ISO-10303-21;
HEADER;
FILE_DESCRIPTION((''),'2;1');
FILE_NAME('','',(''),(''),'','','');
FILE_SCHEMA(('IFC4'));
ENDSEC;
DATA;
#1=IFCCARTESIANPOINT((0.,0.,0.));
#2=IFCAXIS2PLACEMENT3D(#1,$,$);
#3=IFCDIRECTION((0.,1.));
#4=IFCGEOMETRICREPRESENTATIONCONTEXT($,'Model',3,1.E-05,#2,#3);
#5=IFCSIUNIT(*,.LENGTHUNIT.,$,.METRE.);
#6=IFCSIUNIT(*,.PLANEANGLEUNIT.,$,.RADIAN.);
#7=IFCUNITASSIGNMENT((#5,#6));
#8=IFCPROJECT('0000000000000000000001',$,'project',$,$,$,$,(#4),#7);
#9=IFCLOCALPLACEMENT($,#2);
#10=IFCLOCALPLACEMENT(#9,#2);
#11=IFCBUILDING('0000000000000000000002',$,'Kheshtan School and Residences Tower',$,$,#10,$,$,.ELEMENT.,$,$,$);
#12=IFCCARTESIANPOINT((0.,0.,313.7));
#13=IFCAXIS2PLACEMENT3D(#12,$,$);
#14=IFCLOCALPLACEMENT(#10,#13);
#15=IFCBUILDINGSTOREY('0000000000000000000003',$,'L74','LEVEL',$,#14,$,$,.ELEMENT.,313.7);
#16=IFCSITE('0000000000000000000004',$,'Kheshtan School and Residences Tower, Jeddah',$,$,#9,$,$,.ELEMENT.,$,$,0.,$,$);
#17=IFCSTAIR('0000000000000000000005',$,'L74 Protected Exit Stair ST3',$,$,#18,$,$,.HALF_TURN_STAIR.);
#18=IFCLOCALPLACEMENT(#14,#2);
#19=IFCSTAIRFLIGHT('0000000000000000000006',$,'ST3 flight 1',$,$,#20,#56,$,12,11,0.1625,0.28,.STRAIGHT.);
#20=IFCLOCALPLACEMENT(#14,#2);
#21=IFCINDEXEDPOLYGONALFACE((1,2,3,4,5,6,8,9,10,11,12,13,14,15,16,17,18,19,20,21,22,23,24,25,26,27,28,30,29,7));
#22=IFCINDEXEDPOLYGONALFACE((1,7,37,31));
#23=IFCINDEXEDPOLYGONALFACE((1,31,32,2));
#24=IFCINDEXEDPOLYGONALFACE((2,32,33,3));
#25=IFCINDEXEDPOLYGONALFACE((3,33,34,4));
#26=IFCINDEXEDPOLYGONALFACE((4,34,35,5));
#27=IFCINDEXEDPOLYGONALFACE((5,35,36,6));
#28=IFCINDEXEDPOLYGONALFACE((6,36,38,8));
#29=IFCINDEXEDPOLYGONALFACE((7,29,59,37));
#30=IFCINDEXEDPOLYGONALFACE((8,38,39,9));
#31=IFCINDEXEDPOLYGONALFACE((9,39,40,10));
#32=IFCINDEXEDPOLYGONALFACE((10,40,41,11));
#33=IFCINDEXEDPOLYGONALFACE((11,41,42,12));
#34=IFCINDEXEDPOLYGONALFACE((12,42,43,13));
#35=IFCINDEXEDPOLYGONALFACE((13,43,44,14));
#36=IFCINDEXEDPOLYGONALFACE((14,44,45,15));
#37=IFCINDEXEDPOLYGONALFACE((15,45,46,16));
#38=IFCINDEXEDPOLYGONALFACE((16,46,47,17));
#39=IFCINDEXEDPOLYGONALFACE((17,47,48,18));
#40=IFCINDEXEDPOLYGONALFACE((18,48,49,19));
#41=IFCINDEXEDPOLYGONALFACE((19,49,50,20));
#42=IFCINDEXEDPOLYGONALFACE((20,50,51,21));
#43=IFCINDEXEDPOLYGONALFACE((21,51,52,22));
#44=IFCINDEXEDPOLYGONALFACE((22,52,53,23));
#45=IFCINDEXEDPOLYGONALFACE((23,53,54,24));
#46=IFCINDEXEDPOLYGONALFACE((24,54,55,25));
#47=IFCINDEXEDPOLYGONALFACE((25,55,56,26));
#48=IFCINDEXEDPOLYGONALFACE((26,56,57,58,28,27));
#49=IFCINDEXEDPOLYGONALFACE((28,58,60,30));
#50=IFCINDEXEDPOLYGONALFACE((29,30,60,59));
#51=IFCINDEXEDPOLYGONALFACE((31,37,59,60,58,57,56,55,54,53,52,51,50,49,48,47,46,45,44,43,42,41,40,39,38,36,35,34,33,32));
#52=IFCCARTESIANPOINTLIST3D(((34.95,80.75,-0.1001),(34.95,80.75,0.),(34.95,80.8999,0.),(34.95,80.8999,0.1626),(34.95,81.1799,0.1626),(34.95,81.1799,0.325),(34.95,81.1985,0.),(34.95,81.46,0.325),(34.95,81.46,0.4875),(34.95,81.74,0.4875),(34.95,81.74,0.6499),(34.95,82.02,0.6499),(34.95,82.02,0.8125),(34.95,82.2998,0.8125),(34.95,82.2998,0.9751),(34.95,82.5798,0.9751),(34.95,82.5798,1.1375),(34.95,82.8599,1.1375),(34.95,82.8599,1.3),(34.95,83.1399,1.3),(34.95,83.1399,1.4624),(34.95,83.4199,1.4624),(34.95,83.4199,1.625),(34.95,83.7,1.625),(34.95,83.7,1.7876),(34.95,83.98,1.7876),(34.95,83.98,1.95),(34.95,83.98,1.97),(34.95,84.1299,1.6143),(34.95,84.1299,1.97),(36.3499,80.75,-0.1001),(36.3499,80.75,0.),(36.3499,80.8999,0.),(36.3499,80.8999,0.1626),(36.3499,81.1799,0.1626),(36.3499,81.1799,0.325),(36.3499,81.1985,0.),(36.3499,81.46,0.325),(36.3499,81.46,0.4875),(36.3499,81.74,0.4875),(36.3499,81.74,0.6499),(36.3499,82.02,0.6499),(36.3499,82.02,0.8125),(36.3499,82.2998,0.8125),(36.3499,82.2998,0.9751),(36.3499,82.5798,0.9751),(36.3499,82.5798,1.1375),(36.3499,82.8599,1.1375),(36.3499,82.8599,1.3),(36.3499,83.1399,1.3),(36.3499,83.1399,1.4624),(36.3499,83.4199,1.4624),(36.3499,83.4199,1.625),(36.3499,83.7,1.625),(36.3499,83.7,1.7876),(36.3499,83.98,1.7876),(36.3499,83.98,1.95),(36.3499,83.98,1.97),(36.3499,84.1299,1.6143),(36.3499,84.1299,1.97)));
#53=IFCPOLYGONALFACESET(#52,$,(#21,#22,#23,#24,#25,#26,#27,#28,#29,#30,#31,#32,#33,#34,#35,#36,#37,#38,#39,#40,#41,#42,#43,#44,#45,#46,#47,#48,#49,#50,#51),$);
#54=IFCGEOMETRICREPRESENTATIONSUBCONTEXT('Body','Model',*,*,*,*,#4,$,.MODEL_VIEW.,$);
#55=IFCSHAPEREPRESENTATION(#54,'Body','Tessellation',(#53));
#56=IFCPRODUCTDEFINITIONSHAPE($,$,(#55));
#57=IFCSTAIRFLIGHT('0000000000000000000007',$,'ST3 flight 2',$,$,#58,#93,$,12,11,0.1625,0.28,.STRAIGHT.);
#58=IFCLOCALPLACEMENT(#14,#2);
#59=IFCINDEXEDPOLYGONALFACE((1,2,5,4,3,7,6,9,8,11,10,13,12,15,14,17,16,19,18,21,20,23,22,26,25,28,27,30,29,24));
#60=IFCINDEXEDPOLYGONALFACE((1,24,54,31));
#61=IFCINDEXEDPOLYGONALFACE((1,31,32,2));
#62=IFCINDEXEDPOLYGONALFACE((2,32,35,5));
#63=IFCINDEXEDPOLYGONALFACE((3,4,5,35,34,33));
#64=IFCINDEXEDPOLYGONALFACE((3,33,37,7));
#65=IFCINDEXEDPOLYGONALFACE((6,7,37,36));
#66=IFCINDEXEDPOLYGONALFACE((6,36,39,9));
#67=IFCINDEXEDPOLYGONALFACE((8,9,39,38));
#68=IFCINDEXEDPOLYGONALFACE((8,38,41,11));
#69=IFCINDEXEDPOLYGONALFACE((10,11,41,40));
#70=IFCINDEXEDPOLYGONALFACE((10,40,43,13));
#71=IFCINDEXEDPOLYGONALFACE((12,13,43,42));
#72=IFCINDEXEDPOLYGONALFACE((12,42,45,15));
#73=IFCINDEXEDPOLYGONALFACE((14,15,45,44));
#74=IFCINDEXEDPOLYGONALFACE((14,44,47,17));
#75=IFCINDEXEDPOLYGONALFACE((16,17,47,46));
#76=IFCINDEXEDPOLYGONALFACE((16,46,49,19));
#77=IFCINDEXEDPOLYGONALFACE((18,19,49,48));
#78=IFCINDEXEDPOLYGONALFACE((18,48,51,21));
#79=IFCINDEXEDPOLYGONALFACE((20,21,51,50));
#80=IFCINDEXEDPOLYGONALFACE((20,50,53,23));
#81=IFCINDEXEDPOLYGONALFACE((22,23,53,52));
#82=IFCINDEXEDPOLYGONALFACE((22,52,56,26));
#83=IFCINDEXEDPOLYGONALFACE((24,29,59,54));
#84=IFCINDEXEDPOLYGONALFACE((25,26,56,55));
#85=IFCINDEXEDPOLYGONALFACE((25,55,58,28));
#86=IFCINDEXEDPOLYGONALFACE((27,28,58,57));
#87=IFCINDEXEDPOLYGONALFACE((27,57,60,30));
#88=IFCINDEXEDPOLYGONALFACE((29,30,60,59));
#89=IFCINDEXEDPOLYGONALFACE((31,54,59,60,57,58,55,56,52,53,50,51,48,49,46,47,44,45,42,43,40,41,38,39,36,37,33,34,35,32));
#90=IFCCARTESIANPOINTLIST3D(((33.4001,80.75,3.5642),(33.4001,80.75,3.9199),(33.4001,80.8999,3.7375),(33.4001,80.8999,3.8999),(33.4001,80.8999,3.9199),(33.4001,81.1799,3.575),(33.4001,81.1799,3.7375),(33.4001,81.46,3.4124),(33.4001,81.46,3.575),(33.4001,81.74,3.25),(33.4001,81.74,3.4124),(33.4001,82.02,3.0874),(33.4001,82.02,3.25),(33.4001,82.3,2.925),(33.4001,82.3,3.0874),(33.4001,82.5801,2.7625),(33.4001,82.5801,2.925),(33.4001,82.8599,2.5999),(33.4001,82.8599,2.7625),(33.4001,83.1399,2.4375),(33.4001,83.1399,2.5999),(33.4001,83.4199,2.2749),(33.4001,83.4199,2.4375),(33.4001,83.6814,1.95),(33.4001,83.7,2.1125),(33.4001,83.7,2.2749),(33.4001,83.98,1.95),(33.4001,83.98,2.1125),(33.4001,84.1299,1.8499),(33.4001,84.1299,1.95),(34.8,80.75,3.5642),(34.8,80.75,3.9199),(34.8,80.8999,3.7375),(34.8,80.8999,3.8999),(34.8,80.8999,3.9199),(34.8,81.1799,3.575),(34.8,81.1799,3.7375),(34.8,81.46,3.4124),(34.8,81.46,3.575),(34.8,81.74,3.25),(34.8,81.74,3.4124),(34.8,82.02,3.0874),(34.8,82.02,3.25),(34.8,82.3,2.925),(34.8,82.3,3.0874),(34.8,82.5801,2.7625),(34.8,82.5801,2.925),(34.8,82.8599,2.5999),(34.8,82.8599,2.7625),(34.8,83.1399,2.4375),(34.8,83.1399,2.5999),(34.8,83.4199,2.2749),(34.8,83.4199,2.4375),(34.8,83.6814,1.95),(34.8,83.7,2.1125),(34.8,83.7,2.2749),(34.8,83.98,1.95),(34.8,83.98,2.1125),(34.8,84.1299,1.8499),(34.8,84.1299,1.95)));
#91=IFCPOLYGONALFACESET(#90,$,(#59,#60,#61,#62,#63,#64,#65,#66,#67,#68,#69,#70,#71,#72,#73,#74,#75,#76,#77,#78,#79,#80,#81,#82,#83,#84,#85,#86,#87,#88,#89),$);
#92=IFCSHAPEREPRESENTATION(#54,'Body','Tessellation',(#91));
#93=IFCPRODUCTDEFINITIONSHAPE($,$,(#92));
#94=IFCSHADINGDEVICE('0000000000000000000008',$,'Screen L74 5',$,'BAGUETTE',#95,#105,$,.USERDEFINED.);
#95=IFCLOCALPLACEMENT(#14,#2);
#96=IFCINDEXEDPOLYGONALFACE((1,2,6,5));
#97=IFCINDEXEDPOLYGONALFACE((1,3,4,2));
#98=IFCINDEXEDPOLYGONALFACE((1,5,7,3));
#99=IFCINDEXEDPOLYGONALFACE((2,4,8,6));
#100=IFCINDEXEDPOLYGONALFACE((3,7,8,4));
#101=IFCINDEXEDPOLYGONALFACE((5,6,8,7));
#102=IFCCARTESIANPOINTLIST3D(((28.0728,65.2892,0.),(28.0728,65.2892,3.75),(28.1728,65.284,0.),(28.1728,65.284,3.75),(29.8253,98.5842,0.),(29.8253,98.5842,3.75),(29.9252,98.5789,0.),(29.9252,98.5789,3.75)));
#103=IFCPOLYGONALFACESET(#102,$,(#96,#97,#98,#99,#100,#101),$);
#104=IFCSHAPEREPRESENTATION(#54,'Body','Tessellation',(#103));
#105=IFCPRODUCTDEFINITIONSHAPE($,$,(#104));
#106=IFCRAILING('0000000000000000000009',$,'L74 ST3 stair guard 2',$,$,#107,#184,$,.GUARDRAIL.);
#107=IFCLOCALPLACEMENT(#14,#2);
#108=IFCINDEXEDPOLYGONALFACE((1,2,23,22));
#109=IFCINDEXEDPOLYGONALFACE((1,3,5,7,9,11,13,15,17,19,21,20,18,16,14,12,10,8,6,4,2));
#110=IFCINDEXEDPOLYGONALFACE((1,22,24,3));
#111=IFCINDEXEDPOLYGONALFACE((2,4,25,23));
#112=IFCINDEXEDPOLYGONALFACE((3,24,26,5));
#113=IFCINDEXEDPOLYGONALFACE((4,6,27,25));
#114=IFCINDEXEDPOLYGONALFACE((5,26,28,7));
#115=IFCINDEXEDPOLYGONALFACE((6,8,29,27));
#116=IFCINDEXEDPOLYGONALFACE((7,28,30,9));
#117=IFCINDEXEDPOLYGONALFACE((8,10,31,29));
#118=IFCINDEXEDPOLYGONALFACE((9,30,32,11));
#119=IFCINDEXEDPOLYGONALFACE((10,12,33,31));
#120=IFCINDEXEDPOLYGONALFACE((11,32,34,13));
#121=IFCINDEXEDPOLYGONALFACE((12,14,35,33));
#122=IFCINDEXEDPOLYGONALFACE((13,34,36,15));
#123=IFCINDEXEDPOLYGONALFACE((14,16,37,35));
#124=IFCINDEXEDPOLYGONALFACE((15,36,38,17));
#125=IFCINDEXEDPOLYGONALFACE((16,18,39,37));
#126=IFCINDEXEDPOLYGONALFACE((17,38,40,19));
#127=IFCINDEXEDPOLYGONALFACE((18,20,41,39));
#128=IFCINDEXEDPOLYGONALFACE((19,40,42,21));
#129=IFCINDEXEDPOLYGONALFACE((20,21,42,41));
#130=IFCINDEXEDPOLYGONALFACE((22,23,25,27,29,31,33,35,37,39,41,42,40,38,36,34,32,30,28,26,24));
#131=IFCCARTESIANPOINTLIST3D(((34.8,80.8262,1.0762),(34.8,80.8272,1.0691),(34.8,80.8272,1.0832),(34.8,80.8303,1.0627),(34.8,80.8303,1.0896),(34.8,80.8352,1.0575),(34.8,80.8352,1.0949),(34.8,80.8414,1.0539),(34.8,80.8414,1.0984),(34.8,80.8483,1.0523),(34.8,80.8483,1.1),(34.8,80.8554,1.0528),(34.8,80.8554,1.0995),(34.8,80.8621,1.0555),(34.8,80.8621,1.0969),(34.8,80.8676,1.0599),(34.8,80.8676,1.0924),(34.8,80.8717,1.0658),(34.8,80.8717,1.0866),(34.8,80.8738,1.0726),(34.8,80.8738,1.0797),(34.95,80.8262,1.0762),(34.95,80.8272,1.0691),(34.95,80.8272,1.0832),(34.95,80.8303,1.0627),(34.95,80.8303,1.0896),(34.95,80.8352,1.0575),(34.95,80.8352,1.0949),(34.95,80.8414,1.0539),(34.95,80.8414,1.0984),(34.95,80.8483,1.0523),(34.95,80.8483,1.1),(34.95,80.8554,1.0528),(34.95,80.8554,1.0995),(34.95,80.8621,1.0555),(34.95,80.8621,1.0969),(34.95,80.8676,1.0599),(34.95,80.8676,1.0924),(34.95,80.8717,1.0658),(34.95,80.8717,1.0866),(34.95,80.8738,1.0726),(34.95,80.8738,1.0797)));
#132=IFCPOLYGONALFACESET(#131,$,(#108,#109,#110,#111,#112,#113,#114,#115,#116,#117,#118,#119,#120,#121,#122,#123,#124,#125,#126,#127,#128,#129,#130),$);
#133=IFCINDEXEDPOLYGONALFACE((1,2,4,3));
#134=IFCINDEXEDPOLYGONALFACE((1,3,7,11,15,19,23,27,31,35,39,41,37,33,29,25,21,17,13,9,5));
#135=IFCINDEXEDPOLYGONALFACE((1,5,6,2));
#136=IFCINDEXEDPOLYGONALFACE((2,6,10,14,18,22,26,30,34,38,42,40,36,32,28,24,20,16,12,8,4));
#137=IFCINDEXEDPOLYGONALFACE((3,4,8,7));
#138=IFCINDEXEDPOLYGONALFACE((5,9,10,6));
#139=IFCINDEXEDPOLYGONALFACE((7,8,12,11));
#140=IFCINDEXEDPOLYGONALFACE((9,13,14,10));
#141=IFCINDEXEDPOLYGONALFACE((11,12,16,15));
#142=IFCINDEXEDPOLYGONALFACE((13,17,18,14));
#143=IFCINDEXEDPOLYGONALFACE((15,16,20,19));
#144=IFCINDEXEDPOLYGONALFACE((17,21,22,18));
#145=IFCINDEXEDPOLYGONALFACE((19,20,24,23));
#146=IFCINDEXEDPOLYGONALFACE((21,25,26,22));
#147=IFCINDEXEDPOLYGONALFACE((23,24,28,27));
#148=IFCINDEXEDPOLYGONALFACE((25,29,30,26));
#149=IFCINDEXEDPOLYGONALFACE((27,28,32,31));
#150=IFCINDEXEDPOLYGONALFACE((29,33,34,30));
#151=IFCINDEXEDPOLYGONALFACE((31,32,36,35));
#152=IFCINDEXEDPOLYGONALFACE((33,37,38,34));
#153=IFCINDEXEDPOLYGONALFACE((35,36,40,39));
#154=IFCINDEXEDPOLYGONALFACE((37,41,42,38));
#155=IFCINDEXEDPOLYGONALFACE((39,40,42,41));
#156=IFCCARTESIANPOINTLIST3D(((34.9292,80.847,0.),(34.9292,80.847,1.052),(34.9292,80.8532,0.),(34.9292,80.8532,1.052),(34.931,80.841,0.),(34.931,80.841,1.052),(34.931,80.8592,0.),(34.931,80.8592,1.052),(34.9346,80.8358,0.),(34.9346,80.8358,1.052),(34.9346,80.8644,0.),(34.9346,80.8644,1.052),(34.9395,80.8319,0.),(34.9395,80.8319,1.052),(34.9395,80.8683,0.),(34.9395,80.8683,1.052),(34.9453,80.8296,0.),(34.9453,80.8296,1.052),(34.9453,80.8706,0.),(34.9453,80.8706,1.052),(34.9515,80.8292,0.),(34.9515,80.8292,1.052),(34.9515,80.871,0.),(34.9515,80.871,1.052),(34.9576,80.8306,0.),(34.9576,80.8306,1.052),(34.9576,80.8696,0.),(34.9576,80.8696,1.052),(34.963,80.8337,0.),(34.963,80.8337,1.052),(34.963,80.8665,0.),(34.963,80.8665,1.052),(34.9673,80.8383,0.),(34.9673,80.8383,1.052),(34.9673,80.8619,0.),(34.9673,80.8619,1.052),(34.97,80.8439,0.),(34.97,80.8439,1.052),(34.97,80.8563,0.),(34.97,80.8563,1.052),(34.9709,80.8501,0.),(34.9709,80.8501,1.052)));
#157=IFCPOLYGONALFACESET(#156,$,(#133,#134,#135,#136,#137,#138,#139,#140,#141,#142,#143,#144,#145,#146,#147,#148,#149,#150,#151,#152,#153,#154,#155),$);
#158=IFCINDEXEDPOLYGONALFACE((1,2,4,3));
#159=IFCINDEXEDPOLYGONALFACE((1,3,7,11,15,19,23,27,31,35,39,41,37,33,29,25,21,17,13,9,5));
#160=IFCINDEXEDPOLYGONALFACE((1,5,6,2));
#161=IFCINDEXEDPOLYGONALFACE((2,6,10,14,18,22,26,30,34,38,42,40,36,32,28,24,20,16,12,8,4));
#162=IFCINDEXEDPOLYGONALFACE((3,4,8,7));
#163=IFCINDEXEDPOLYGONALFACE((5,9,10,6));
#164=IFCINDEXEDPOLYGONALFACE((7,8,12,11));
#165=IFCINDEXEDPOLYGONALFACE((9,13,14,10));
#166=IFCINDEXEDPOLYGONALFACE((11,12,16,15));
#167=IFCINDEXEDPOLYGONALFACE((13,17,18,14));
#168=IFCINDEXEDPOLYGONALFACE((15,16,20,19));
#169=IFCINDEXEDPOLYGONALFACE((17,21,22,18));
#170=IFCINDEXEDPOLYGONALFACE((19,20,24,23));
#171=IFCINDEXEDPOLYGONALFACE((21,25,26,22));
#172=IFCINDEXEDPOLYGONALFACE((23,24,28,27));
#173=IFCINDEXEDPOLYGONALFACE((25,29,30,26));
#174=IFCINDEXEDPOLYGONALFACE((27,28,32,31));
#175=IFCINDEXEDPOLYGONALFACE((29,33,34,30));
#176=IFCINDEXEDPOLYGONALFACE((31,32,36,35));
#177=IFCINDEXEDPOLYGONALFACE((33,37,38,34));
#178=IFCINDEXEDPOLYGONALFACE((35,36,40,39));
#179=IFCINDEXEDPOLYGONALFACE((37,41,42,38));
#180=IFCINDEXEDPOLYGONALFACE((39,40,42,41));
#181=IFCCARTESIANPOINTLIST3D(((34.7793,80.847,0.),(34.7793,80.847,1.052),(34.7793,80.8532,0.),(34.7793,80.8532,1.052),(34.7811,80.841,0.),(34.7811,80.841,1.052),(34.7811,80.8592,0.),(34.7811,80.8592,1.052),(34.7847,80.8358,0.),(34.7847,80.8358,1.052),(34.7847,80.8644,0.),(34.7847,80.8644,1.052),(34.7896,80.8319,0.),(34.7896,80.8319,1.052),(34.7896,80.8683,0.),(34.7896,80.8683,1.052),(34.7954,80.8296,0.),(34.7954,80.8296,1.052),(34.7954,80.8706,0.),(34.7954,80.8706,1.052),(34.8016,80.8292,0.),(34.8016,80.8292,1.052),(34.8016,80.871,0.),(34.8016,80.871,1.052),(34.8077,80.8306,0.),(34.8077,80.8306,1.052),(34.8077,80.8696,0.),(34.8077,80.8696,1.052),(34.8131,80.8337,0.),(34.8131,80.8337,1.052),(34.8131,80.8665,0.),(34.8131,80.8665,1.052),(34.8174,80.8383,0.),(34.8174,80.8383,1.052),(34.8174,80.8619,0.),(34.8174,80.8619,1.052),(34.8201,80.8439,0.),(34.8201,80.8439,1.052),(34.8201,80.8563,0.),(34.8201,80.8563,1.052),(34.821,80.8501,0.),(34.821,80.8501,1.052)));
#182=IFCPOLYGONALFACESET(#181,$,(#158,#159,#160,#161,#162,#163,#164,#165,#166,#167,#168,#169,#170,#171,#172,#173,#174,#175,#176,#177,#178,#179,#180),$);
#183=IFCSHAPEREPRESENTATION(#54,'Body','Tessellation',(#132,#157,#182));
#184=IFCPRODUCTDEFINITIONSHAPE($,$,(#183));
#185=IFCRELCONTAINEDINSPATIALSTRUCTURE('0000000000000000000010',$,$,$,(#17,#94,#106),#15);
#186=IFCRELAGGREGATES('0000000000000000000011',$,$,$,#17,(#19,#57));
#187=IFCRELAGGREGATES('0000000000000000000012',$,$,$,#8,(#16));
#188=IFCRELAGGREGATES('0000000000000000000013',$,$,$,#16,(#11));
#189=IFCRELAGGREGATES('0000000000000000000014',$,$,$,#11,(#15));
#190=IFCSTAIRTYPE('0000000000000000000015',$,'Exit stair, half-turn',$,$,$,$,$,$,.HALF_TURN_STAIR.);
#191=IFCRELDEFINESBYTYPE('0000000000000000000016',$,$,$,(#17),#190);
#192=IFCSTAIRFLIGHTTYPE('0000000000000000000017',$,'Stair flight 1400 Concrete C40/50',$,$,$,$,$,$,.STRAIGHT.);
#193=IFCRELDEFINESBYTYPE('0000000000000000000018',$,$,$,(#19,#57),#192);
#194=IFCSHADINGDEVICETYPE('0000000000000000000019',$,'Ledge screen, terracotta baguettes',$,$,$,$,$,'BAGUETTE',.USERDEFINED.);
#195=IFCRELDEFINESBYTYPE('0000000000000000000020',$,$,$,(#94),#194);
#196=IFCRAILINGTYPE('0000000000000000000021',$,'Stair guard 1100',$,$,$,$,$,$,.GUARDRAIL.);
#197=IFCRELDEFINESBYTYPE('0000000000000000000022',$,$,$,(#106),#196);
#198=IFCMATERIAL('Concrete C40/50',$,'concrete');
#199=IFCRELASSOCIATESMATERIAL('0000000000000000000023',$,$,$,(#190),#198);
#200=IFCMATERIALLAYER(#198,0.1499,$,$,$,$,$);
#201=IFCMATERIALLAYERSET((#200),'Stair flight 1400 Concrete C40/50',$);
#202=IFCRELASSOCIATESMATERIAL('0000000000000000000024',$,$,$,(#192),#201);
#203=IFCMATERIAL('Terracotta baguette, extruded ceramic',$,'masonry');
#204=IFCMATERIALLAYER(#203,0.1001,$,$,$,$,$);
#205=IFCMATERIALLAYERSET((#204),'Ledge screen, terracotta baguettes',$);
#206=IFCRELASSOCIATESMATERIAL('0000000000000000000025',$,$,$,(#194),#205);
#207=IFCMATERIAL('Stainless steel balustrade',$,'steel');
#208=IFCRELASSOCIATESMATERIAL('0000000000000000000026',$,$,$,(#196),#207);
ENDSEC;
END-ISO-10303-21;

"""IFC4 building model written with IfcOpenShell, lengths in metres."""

from ifc_helpers import new_model, si_unit, direction, frame, origin, origin_2d, place, context, subcontext, project, spatial, polyline, rectangle, circle, outline, extrude, material, layer, layer_set, type_object, element, aggregate, save


model = new_model("IFC4")

# Units and contexts
model_context = context("Model", 3, precision=1e-05, world=origin(), true_north=direction((0.0, 1.0)))
body_context = subcontext(model_context, "Body", "Model", "MODEL_VIEW")
ifc_project = project(units=[si_unit("LENGTHUNIT", "METRE"), si_unit("PLANEANGLEUNIT", "RADIAN")], contexts=[model_context])

# Site, building, storey
site_placement = place(None, origin())
site = spatial("IfcSite", under=ifc_project, at=site_placement, Name="Kheshtan School and Residences Tower, Jeddah", CompositionType="ELEMENT", RefElevation=0.0)
building_placement = place(site_placement, origin())
building = spatial("IfcBuilding", under=site, at=building_placement, Name="Kheshtan School and Residences Tower", CompositionType="ELEMENT")
storey_placement = place(building_placement, frame((0.0, 0.0, 313.7)))
storey = spatial("IfcBuildingStorey", under=building, at=storey_placement, Name="L74", Description="LEVEL", CompositionType="ELEMENT", Elevation=313.7)

# Shared definitions
ifc_material_1 = material(Name="Concrete C40/50", Category="concrete")

# Stair, stair flights
stair_type = type_object("IfcStairType", Name="Exit stair, half-turn", PredefinedType="HALF_TURN_STAIR", material=ifc_material_1)
stair_placement = place(storey_placement, origin())
stair = element("IfcStair", 1, at=stair_placement, inside=storey, type_object=stair_type, Name="L74 Protected Exit Stair ST3", PredefinedType="HALF_TURN_STAIR")
ifc_layer_1 = layer(ifc_material_1, 0.1499)
ifc_layer_set_1 = layer_set([ifc_layer_1], Name="Stair flight 1400 Concrete C40/50")
stair_flight_type = type_object("IfcStairFlightType", Name="Stair flight 1400 Concrete C40/50", PredefinedType="STRAIGHT", material=ifc_layer_set_1)
stair_flight_1_placement = place(storey_placement, frame((35.6499, 80.8999, 0.0), z_axis=(0.0, 0.0, 1.0), x_axis=(0.0, 1.0, 0.0)))
stair_flight_1 = element("IfcStairFlight", 2, at=stair_flight_1_placement, type_object=stair_flight_type, Name="ST3 flight 1", NumberOfRisers=12, NumberOfTreads=11, PredefinedType="STRAIGHT", RiserHeight=0.1625, TreadLength=0.28, context=body_context, shape_type="SweptSolid", body=[
    extrude(outline(polyline([(-0.1499, -0.1001), (-0.1499, 0.0), (0.0, 0.0), (0.0, 0.1626), (0.28, 0.1626), (0.28, 0.325), (0.5601, 0.325), (0.5601, 0.4875), (0.8401, 0.4875), (0.8401, 0.6499), (1.1201, 0.6499), (1.1201, 0.8125), (1.3999, 0.8125), (1.3999, 0.9751), (1.6799, 0.9751), (1.6799, 1.1375), (1.96, 1.1375), (1.96, 1.3), (2.24, 1.3), (2.24, 1.4624), (2.52, 1.4624), (2.52, 1.625), (2.8, 1.625), (2.8, 1.7876), (3.0801, 1.7876), (3.0801, 1.95), (3.0801, 1.97), (3.23, 1.97), (3.23, 1.6143), (0.2986, 0.0), (-0.1499, -0.1001)])), frame((0.0, 0.7, 0.0), z_axis=(0.0, -1.0, 0.0), x_axis=(1.0, 0.0, 0.0)), (0.0, 0.0, 1.0), 1.3999),
])
stair_flight_2_placement = place(storey_placement, frame((34.1001, 83.98, 1.95), z_axis=(0.0, 0.0, 1.0), x_axis=(0.0, -1.0, 0.0)))
stair_flight_2 = element("IfcStairFlight", 3, at=stair_flight_2_placement, type_object=stair_flight_type, Name="ST3 flight 2", NumberOfRisers=12, NumberOfTreads=11, PredefinedType="STRAIGHT", RiserHeight=0.1625, TreadLength=0.28, context=body_context, shape_type="SweptSolid", body=[
    extrude(outline(polyline([(-0.1499, -0.1001), (-0.1499, 0.0), (0.0, 0.0), (0.0, 0.1626), (0.28, 0.1626), (0.28, 0.325), (0.5601, 0.325), (0.5601, 0.4875), (0.8401, 0.4875), (0.8401, 0.6499), (1.1201, 0.6499), (1.1201, 0.8125), (1.3999, 0.8125), (1.3999, 0.9751), (1.6799, 0.9751), (1.6799, 1.1375), (1.96, 1.1375), (1.96, 1.3), (2.24, 1.3), (2.24, 1.4624), (2.52, 1.4624), (2.52, 1.625), (2.8, 1.625), (2.8, 1.7876), (3.0801, 1.7876), (3.0801, 1.95), (3.0801, 1.97), (3.23, 1.97), (3.23, 1.6143), (0.2986, 0.0), (-0.1499, -0.1001)])), frame((0.0, 0.7, 0.0), z_axis=(0.0, -1.0, 0.0), x_axis=(1.0, 0.0, 0.0)), (0.0, 0.0, 1.0), 1.3999),
])
aggregate(stair, [stair_flight_1, stair_flight_2])

# Shading device
ifc_material_2 = material(Name="Terracotta baguette, extruded ceramic", Category="masonry")
ifc_layer_2 = layer(ifc_material_2, 0.1001)
ifc_layer_set_2 = layer_set([ifc_layer_2], Name="Ledge screen, terracotta baguettes")
shading_device_type = type_object("IfcShadingDeviceType", Name="Ledge screen, terracotta baguettes", ElementType="BAGUETTE", PredefinedType="USERDEFINED", material=ifc_layer_set_2)
shading_device_placement = place(storey_placement, frame((28.999, 81.9341, 0.0), z_axis=(0.0, 0.0, 1.0), x_axis=(0.052563, 0.998618, 0.0)))
element("IfcShadingDevice", 4, at=shading_device_placement, inside=storey, type_object=shading_device_type, Name="Screen L74 5", ObjectType="BAGUETTE", PredefinedType="USERDEFINED", context=body_context, shape_type="SweptSolid", body=[
    extrude(rectangle(XDim=33.3411, YDim=0.1001, at=origin_2d()), origin(), (0.0, 0.0, 1.0), 3.75),
])

# Railing
ifc_material_3 = material(Name="Stainless steel balustrade", Category="steel")
railing_type_1 = type_object("IfcRailingType", Name="Stair guard 1100", PredefinedType="GUARDRAIL", material=ifc_material_3)
railing_1_placement = place(storey_placement, frame((34.95, 80.8501, 0.0)))
element("IfcRailing", 5, at=railing_1_placement, inside=storey, type_object=railing_type_1, Name="L74 ST3 stair guard 2", PredefinedType="GUARDRAIL", context=body_context, shape_type="SweptSolid", body=[
    extrude(circle(Radius=0.0239, at=origin_2d()), frame((0.0, 0.0, 1.0762), z_axis=(-1.0, 0.0, 0.0), x_axis=(0.0, -1.0, 0.0)), (0.0, 0.0, 1.0), 0.1499),
    extrude(circle(Radius=0.021, at=origin_2d()), origin(), (0.0, 0.0, 1.0), 1.052),
    extrude(circle(Radius=0.021, at=origin_2d()), frame((-0.1499, 0.0, 0.0)), (0.0, 0.0, 1.0), 1.052),
])

save(model, "model.ifc")
